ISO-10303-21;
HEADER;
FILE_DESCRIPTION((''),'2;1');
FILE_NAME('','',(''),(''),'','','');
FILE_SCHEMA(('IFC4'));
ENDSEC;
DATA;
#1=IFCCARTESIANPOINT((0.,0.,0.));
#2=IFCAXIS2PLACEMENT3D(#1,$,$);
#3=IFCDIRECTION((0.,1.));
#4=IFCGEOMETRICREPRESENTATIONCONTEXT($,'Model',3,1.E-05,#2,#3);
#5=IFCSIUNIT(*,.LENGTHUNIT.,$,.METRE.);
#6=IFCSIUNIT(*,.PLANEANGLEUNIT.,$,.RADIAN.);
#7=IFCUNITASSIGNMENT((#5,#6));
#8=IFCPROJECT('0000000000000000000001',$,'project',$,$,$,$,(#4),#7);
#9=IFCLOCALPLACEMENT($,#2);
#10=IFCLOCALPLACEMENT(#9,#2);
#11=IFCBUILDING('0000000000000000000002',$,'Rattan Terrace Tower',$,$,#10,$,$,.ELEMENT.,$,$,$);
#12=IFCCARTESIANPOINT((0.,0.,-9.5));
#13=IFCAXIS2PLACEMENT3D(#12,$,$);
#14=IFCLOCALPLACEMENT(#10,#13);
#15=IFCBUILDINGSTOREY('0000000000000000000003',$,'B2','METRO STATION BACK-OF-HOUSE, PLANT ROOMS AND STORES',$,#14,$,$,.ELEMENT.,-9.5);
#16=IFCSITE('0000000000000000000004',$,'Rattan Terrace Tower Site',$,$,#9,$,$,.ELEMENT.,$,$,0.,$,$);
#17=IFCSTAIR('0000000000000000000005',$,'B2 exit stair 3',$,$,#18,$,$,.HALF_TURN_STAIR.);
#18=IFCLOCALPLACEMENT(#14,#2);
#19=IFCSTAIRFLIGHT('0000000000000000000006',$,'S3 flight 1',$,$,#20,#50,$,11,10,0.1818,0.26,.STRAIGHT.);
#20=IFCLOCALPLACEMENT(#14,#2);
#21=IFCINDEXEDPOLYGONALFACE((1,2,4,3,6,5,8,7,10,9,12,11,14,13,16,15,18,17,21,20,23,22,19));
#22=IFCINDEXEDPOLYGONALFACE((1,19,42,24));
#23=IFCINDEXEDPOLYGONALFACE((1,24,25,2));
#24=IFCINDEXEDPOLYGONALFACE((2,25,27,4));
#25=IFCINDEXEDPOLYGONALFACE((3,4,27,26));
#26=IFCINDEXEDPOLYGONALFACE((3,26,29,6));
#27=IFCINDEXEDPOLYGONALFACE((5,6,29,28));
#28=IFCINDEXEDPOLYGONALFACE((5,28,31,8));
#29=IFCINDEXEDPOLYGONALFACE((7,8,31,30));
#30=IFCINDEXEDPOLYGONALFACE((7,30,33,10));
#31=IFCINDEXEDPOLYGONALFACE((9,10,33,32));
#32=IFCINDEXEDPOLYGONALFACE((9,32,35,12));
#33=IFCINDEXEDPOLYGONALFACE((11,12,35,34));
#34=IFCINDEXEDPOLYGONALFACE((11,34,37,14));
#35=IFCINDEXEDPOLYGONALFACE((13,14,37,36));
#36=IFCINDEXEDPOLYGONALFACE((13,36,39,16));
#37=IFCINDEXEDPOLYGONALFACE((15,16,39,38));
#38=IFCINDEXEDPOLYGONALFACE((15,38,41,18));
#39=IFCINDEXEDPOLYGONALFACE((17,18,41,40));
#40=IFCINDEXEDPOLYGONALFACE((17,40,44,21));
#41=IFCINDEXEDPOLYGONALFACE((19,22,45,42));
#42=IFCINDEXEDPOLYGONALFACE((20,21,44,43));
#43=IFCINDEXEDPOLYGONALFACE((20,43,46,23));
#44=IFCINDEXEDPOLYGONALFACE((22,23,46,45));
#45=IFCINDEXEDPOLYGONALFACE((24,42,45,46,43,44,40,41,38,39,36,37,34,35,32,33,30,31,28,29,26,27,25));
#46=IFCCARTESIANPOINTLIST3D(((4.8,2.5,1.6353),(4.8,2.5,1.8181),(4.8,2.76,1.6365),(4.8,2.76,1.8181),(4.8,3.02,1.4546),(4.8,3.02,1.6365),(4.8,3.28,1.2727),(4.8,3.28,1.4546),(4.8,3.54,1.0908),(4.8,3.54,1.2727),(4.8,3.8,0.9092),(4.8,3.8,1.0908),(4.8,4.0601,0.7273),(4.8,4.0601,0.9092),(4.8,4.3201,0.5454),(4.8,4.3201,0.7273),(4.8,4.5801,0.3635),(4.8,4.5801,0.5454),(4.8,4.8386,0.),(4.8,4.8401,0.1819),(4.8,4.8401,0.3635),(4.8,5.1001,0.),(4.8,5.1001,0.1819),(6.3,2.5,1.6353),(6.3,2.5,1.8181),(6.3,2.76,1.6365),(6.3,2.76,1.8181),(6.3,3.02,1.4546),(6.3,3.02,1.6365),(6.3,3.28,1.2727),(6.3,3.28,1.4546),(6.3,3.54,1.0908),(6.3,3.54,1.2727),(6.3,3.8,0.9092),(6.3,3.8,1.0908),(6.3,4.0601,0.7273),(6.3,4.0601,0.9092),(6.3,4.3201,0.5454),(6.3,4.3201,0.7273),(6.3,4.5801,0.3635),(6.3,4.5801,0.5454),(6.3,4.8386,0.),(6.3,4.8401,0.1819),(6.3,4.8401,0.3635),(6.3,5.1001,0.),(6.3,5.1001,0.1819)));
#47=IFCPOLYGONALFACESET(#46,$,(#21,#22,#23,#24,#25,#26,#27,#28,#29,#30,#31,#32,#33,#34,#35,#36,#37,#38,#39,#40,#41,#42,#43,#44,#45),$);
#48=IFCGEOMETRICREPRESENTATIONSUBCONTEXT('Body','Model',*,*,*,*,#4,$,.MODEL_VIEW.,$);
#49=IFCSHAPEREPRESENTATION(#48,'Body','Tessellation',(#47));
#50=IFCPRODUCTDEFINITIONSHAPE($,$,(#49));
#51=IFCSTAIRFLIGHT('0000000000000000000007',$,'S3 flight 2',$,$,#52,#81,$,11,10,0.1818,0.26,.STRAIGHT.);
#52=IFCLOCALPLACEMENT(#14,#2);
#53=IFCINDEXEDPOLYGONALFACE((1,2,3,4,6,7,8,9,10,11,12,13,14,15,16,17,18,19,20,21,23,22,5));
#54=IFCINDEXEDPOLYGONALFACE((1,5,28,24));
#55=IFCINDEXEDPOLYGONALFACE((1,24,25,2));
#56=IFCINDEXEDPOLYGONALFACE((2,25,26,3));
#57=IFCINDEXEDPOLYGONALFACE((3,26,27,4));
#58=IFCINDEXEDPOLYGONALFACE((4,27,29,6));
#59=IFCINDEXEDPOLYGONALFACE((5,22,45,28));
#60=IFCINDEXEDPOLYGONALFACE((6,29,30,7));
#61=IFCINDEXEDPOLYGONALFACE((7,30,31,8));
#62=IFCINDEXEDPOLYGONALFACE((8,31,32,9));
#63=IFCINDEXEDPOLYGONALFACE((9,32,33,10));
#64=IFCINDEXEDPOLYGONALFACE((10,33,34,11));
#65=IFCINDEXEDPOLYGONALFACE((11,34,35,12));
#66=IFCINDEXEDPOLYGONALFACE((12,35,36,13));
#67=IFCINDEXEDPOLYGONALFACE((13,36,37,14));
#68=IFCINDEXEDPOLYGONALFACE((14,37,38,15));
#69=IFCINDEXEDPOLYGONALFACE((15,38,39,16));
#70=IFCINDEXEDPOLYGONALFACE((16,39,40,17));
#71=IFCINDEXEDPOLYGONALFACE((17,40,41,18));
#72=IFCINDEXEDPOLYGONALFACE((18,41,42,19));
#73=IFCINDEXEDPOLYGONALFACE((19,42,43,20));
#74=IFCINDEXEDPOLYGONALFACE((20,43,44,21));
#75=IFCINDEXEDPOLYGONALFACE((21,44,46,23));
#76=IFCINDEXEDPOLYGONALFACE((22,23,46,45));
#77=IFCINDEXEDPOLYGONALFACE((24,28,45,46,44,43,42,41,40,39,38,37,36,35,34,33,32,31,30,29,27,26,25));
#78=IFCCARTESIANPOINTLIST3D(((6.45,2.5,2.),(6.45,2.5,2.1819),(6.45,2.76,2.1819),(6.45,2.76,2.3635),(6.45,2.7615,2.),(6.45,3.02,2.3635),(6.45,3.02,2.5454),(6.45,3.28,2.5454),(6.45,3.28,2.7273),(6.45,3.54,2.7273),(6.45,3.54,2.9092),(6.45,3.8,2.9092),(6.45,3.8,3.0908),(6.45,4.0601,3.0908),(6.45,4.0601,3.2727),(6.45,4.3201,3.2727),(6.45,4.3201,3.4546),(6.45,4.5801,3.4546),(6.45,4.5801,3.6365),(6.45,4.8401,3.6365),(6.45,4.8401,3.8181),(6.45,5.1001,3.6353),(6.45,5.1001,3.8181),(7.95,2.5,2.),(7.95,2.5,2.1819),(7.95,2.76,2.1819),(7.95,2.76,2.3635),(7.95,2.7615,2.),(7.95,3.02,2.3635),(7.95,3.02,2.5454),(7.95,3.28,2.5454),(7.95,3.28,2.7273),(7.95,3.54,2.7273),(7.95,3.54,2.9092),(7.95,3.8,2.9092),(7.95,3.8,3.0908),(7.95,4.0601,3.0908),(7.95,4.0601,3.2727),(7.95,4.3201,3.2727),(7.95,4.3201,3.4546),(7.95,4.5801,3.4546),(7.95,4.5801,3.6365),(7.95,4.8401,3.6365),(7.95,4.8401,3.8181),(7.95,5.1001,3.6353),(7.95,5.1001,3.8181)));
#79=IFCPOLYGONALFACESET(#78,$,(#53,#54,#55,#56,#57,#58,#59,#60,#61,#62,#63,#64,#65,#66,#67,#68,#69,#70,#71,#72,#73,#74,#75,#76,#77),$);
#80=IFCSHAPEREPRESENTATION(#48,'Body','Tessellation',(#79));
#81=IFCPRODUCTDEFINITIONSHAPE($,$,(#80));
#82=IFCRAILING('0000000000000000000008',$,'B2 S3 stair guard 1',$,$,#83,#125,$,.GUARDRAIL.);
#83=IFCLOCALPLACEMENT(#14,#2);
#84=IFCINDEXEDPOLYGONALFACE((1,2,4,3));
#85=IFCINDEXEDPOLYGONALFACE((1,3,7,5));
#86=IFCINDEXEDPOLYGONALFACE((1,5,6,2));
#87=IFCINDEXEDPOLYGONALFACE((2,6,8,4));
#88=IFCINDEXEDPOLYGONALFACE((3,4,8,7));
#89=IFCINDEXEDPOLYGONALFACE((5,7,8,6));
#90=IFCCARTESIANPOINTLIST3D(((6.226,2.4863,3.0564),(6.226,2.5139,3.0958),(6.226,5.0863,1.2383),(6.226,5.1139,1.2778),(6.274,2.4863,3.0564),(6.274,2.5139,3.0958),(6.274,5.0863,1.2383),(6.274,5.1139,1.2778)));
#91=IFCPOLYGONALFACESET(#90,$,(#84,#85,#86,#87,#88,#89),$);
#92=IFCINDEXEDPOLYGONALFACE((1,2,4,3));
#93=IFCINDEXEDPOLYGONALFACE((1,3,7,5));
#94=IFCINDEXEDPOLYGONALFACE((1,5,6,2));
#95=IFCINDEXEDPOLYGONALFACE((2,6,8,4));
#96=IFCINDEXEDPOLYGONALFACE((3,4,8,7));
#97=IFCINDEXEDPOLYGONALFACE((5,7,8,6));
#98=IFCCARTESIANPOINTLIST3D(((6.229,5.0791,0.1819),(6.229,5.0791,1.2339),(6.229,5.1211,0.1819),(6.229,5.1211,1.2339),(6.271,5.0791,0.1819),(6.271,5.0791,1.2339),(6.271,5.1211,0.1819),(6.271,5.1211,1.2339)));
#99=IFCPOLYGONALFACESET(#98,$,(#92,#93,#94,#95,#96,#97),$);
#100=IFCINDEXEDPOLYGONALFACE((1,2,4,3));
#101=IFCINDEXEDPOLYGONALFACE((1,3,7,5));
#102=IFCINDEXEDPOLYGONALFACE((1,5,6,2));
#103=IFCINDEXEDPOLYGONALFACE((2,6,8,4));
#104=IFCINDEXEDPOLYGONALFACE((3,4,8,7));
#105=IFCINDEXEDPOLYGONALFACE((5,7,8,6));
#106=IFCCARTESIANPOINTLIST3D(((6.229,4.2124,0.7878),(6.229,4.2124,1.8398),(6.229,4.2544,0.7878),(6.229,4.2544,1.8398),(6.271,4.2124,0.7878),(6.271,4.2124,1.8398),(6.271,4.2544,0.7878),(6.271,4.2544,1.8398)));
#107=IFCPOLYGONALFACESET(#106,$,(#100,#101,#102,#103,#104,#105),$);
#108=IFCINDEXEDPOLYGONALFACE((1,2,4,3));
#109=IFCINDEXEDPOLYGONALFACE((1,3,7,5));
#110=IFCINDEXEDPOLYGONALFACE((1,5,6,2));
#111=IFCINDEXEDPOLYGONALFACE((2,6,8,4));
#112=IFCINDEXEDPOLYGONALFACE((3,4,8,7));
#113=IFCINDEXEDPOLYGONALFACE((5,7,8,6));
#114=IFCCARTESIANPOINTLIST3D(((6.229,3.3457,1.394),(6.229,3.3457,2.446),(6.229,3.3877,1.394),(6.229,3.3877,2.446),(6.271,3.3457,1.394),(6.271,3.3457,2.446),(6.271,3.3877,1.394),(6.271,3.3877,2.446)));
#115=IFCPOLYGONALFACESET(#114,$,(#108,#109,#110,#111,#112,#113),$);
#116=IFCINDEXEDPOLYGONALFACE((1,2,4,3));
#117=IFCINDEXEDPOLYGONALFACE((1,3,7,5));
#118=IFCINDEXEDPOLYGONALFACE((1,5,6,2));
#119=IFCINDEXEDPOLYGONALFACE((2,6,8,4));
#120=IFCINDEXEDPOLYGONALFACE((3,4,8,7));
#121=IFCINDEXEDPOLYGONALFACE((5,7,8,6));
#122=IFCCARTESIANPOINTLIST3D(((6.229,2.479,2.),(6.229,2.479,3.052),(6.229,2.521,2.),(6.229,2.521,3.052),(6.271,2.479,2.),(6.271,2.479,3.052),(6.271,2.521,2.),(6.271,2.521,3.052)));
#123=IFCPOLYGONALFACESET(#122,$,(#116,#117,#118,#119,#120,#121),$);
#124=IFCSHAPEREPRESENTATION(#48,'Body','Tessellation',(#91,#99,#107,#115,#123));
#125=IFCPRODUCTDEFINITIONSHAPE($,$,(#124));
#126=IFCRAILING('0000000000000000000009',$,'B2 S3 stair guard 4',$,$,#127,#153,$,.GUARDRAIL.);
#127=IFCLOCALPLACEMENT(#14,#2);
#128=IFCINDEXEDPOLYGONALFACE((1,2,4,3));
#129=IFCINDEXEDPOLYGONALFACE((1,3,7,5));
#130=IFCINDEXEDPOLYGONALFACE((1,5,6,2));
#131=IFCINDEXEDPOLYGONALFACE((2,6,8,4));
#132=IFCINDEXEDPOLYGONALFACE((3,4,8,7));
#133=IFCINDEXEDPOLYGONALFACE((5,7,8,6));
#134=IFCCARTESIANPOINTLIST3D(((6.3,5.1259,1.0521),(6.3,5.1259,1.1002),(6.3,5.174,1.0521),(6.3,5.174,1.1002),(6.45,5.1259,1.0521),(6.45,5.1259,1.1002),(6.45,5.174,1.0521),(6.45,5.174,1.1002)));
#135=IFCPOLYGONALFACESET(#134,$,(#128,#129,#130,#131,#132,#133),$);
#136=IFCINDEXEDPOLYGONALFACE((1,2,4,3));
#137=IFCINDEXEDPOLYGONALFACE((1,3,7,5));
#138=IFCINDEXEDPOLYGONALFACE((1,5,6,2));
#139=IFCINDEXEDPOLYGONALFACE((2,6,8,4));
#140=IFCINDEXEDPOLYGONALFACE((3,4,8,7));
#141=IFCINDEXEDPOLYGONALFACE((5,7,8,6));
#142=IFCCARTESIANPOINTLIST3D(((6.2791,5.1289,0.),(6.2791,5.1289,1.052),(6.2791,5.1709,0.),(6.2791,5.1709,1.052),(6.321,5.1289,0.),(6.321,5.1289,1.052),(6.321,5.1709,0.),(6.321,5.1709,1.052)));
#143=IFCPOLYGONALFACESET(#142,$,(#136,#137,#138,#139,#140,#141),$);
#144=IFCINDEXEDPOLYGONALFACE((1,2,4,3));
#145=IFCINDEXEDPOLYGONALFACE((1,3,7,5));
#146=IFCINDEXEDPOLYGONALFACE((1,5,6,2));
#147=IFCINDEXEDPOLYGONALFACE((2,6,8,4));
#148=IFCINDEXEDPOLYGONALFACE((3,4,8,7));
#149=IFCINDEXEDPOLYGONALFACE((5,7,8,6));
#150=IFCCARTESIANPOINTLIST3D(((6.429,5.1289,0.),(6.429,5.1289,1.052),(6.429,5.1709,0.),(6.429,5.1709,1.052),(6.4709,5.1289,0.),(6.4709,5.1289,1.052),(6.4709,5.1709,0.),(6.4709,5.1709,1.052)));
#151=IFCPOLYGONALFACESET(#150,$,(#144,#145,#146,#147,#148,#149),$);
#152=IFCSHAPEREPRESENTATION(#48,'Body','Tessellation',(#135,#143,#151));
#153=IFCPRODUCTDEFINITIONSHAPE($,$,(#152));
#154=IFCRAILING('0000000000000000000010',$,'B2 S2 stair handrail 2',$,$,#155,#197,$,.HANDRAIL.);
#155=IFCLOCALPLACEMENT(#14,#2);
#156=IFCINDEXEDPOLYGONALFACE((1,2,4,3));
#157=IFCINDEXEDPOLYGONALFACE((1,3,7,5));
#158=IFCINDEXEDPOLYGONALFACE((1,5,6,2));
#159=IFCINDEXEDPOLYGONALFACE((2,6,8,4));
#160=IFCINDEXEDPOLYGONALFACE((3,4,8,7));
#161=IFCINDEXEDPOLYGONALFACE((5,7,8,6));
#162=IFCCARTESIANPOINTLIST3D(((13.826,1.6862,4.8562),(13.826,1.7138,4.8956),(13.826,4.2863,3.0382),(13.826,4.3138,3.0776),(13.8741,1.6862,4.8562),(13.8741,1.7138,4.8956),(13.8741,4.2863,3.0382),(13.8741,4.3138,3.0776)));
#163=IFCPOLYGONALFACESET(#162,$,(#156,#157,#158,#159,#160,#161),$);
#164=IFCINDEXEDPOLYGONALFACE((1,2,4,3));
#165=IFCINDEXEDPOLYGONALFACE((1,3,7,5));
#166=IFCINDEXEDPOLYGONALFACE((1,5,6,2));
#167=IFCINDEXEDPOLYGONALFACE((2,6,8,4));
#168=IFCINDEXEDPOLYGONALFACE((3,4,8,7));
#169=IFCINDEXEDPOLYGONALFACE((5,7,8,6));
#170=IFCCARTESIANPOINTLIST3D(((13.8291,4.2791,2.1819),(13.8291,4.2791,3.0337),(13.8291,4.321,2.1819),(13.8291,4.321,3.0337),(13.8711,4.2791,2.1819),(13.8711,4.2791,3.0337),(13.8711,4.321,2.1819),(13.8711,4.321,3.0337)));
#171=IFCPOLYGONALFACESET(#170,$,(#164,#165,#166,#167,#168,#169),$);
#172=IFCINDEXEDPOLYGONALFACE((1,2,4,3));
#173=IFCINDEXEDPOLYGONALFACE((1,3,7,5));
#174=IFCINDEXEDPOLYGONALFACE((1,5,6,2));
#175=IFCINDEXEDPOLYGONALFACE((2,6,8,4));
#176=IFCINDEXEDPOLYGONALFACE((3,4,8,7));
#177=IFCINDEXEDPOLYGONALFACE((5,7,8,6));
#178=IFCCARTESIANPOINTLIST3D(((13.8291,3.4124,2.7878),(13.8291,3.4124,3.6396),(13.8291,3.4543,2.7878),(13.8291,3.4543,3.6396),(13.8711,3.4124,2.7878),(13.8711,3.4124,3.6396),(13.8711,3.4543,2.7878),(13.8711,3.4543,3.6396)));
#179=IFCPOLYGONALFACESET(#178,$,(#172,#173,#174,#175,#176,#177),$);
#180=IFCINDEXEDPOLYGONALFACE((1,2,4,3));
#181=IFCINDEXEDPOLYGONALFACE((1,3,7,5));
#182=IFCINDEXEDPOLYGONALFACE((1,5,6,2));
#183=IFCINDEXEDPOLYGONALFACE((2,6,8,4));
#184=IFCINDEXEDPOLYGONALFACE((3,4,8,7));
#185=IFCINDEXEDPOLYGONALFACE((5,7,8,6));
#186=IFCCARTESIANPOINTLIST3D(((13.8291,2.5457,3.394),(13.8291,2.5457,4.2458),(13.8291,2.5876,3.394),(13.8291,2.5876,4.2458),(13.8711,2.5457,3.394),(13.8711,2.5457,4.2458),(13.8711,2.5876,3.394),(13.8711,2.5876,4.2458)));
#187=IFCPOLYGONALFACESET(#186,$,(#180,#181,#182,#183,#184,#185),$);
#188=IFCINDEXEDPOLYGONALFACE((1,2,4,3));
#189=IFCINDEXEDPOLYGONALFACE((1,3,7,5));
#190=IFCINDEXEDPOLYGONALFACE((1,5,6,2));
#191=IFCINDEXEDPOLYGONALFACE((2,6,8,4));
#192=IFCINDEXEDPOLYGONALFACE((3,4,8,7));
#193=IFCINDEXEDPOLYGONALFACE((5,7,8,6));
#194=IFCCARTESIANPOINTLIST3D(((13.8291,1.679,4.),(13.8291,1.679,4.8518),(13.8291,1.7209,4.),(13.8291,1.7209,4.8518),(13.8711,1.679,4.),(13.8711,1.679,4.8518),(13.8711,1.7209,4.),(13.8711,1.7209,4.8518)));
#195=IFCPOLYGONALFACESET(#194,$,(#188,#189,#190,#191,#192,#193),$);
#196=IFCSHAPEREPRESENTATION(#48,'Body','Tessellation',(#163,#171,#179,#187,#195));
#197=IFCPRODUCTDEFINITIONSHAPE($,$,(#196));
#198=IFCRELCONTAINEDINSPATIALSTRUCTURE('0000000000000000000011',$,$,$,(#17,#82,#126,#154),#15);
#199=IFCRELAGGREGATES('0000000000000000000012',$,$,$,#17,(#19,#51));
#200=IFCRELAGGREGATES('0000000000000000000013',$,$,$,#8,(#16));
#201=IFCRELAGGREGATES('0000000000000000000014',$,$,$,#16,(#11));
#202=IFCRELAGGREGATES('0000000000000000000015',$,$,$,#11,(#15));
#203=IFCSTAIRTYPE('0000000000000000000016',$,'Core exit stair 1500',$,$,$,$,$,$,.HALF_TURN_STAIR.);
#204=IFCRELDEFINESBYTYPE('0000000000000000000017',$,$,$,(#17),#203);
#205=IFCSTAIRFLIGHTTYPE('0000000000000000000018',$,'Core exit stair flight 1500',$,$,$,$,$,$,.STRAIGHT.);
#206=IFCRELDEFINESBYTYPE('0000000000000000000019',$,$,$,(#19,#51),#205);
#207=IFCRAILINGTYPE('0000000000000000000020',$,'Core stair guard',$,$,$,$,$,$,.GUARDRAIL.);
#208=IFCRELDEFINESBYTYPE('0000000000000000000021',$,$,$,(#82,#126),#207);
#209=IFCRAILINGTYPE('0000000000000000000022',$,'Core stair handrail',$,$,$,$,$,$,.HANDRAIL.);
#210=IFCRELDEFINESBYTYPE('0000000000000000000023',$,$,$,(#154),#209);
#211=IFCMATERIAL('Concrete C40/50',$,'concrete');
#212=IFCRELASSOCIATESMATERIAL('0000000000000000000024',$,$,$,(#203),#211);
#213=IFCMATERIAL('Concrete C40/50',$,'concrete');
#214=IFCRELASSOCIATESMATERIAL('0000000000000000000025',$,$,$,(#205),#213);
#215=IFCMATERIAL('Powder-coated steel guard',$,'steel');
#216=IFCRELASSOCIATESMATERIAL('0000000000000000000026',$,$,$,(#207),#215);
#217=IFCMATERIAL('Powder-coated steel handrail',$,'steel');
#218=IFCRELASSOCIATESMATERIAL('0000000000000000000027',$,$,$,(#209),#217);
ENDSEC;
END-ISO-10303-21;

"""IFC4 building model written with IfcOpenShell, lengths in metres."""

from ifc_helpers import new_model, si_unit, direction, frame, origin, origin_2d, place, context, subcontext, project, spatial, polyline, rectangle, outline, extrude, material, type_object, element, aggregate, save


model = new_model("IFC4")

# Units and contexts
model_context = context("Model", 3, precision=1e-05, world=origin(), true_north=direction((0.0, 1.0)))
body_context = subcontext(model_context, "Body", "Model", "MODEL_VIEW")
ifc_project = project(units=[si_unit("LENGTHUNIT", "METRE"), si_unit("PLANEANGLEUNIT", "RADIAN")], contexts=[model_context])

# Site, building, storey
site_placement = place(None, origin())
site = spatial("IfcSite", under=ifc_project, at=site_placement, Name="Rattan Terrace Tower Site", CompositionType="ELEMENT", RefElevation=0.0)
building_placement = place(site_placement, origin())
building = spatial("IfcBuilding", under=site, at=building_placement, Name="Rattan Terrace Tower", CompositionType="ELEMENT")
storey_placement = place(building_placement, frame((0.0, 0.0, -9.5)))
storey = spatial("IfcBuildingStorey", under=building, at=storey_placement, Name="B2", Description="METRO STATION BACK-OF-HOUSE, PLANT ROOMS AND STORES", CompositionType="ELEMENT", Elevation=-9.5)

# Stair, stair flights
ifc_material_1 = material(Name="Concrete C40/50", Category="concrete")
stair_type = type_object("IfcStairType", Name="Core exit stair 1500", PredefinedType="HALF_TURN_STAIR", material=ifc_material_1)
stair_placement = place(storey_placement, origin())
stair = element("IfcStair", 1, at=stair_placement, inside=storey, type_object=stair_type, Name="B2 exit stair 3", PredefinedType="HALF_TURN_STAIR")
ifc_material_2 = material(Name="Concrete C40/50", Category="concrete")
stair_flight_type = type_object("IfcStairFlightType", Name="Core exit stair flight 1500", PredefinedType="STRAIGHT", material=ifc_material_2)
stair_flight_1_placement = place(storey_placement, frame((5.55, 5.1001, 0.0), z_axis=(0.0, 0.0, 1.0), x_axis=(0.0, -1.0, 0.0)))
stair_flight_1 = element("IfcStairFlight", 2, at=stair_flight_1_placement, type_object=stair_flight_type, Name="S3 flight 1", NumberOfRisers=11, NumberOfTreads=10, PredefinedType="STRAIGHT", RiserHeight=0.1818, TreadLength=0.26, context=body_context, shape_type="SweptSolid", body=[
    extrude(outline(polyline([(0.0, 0.0), (0.0, 0.1819), (0.26, 0.1819), (0.26, 0.3635), (0.52, 0.3635), (0.52, 0.5454), (0.78, 0.5454), (0.78, 0.7273), (1.04, 0.7273), (1.04, 0.9092), (1.3, 0.9092), (1.3, 1.0908), (1.5601, 1.0908), (1.5601, 1.2727), (1.8201, 1.2727), (1.8201, 1.4546), (2.0801, 1.4546), (2.0801, 1.6365), (2.3401, 1.6365), (2.3401, 1.8181), (2.6001, 1.8181), (2.6001, 2.0), (2.6001, 1.6353), (0.2615, 0.0), (0.0, 0.0)])), frame((0.0, 0.75, 0.0), z_axis=(0.0, -1.0, 0.0), x_axis=(1.0, 0.0, 0.0)), (0.0, 0.0, 1.0), 1.5),
])
stair_flight_2_placement = place(storey_placement, frame((7.2, 2.5, 2.0), z_axis=(0.0, 0.0, 1.0), x_axis=(0.0, 1.0, 0.0)))
stair_flight_2 = element("IfcStairFlight", 3, at=stair_flight_2_placement, type_object=stair_flight_type, Name="S3 flight 2", NumberOfRisers=11, NumberOfTreads=10, PredefinedType="STRAIGHT", RiserHeight=0.1818, TreadLength=0.26, context=body_context, shape_type="SweptSolid", body=[
    extrude(outline(polyline([(0.0, 0.0), (0.0, 0.1819), (0.26, 0.1819), (0.26, 0.3635), (0.52, 0.3635), (0.52, 0.5454), (0.78, 0.5454), (0.78, 0.7273), (1.04, 0.7273), (1.04, 0.9092), (1.3, 0.9092), (1.3, 1.0908), (1.5601, 1.0908), (1.5601, 1.2727), (1.8201, 1.2727), (1.8201, 1.4546), (2.0801, 1.4546), (2.0801, 1.6365), (2.3401, 1.6365), (2.3401, 1.8181), (2.6001, 1.8181), (2.6001, 2.0), (2.6001, 1.6353), (0.2615, 0.0), (0.0, 0.0)])), frame((0.0, 0.75, 0.0), z_axis=(0.0, -1.0, 0.0), x_axis=(1.0, 0.0, 0.0)), (0.0, 0.0, 1.0), 1.5),
])
aggregate(stair, [stair_flight_1, stair_flight_2])

# Railings
ifc_material_3 = material(Name="Powder-coated steel guard", Category="steel")
railing_type_1 = type_object("IfcRailingType", Name="Core stair guard", PredefinedType="GUARDRAIL", material=ifc_material_3)
railing_1_placement = place(storey_placement, frame((6.25, 5.1001, 0.1819)))
element("IfcRailing", 4, at=railing_1_placement, inside=storey, type_object=railing_type_1, Name="B2 S3 stair guard 1", PredefinedType="GUARDRAIL", context=body_context, shape_type="SweptSolid", body=[
    extrude(rectangle(XDim=0.0481, YDim=0.0481, at=origin_2d()), frame((0.0, 0.0, 1.0762), z_axis=(0.0, -0.819521, 0.573049), x_axis=(1.0, 0.0, 0.0)), (0.0, 0.0, 1.0), 3.1726),
    extrude(rectangle(XDim=0.042, YDim=0.042, at=origin_2d()), origin(), (0.0, 0.0, 1.0), 1.052),
    extrude(rectangle(XDim=0.042, YDim=0.042, at=origin_2d()), frame((0.0, -0.8667, 0.606)), (0.0, 0.0, 1.0), 1.052),
    extrude(rectangle(XDim=0.042, YDim=0.042, at=origin_2d()), frame((0.0, -1.7334, 1.2122)), (0.0, 0.0, 1.0), 1.052),
    extrude(rectangle(XDim=0.042, YDim=0.042, at=origin_2d()), frame((0.0, -2.6001, 1.8181)), (0.0, 0.0, 1.0), 1.052),
])
railing_2_placement = place(storey_placement, frame((6.3, 5.1499, 0.0)))
element("IfcRailing", 5, at=railing_2_placement, inside=storey, type_object=railing_type_1, Name="B2 S3 stair guard 4", PredefinedType="GUARDRAIL", context=body_context, shape_type="SweptSolid", body=[
    extrude(rectangle(XDim=0.0481, YDim=0.0481, at=origin_2d()), frame((0.0, 0.0, 1.0762), z_axis=(1.0, 0.0, 0.0), x_axis=(0.0, 1.0, 0.0)), (0.0, 0.0, 1.0), 0.1499),
    extrude(rectangle(XDim=0.042, YDim=0.042, at=origin_2d()), origin(), (0.0, 0.0, 1.0), 1.052),
    extrude(rectangle(XDim=0.042, YDim=0.042, at=origin_2d()), frame((0.1499, 0.0, 0.0)), (0.0, 0.0, 1.0), 1.052),
])
ifc_material_4 = material(Name="Powder-coated steel handrail", Category="steel")
railing_type_2 = type_object("IfcRailingType", Name="Core stair handrail", PredefinedType="HANDRAIL", material=ifc_material_4)
for number, where, name in (
    (6, (13.8501, 4.3, 2.1819), "B2 S2 stair handrail 2"),
):
    element("IfcRailing", number, at=place(storey_placement, frame(where)), inside=storey, type_object=railing_type_2, Name=name, PredefinedType="HANDRAIL", context=body_context, shape_type="SweptSolid", body=[
        extrude(rectangle(XDim=0.0481, YDim=0.0481, at=origin_2d()), frame((0.0, 0.0, 0.876), z_axis=(0.0, -0.819521, 0.573049), x_axis=(1.0, 0.0, 0.0)), (0.0, 0.0, 1.0), 3.1726),
        extrude(rectangle(XDim=0.042, YDim=0.042, at=origin_2d()), origin(), (0.0, 0.0, 1.0), 0.8518),
        extrude(rectangle(XDim=0.042, YDim=0.042, at=origin_2d()), frame((0.0, -0.8667, 0.606)), (0.0, 0.0, 1.0), 0.8518),
        extrude(rectangle(XDim=0.042, YDim=0.042, at=origin_2d()), frame((0.0, -1.7334, 1.2122)), (0.0, 0.0, 1.0), 0.8518),
        extrude(rectangle(XDim=0.042, YDim=0.042, at=origin_2d()), frame((0.0, -2.6001, 1.8181)), (0.0, 0.0, 1.0), 0.8518),
    ])

save(model, "model.ifc")
